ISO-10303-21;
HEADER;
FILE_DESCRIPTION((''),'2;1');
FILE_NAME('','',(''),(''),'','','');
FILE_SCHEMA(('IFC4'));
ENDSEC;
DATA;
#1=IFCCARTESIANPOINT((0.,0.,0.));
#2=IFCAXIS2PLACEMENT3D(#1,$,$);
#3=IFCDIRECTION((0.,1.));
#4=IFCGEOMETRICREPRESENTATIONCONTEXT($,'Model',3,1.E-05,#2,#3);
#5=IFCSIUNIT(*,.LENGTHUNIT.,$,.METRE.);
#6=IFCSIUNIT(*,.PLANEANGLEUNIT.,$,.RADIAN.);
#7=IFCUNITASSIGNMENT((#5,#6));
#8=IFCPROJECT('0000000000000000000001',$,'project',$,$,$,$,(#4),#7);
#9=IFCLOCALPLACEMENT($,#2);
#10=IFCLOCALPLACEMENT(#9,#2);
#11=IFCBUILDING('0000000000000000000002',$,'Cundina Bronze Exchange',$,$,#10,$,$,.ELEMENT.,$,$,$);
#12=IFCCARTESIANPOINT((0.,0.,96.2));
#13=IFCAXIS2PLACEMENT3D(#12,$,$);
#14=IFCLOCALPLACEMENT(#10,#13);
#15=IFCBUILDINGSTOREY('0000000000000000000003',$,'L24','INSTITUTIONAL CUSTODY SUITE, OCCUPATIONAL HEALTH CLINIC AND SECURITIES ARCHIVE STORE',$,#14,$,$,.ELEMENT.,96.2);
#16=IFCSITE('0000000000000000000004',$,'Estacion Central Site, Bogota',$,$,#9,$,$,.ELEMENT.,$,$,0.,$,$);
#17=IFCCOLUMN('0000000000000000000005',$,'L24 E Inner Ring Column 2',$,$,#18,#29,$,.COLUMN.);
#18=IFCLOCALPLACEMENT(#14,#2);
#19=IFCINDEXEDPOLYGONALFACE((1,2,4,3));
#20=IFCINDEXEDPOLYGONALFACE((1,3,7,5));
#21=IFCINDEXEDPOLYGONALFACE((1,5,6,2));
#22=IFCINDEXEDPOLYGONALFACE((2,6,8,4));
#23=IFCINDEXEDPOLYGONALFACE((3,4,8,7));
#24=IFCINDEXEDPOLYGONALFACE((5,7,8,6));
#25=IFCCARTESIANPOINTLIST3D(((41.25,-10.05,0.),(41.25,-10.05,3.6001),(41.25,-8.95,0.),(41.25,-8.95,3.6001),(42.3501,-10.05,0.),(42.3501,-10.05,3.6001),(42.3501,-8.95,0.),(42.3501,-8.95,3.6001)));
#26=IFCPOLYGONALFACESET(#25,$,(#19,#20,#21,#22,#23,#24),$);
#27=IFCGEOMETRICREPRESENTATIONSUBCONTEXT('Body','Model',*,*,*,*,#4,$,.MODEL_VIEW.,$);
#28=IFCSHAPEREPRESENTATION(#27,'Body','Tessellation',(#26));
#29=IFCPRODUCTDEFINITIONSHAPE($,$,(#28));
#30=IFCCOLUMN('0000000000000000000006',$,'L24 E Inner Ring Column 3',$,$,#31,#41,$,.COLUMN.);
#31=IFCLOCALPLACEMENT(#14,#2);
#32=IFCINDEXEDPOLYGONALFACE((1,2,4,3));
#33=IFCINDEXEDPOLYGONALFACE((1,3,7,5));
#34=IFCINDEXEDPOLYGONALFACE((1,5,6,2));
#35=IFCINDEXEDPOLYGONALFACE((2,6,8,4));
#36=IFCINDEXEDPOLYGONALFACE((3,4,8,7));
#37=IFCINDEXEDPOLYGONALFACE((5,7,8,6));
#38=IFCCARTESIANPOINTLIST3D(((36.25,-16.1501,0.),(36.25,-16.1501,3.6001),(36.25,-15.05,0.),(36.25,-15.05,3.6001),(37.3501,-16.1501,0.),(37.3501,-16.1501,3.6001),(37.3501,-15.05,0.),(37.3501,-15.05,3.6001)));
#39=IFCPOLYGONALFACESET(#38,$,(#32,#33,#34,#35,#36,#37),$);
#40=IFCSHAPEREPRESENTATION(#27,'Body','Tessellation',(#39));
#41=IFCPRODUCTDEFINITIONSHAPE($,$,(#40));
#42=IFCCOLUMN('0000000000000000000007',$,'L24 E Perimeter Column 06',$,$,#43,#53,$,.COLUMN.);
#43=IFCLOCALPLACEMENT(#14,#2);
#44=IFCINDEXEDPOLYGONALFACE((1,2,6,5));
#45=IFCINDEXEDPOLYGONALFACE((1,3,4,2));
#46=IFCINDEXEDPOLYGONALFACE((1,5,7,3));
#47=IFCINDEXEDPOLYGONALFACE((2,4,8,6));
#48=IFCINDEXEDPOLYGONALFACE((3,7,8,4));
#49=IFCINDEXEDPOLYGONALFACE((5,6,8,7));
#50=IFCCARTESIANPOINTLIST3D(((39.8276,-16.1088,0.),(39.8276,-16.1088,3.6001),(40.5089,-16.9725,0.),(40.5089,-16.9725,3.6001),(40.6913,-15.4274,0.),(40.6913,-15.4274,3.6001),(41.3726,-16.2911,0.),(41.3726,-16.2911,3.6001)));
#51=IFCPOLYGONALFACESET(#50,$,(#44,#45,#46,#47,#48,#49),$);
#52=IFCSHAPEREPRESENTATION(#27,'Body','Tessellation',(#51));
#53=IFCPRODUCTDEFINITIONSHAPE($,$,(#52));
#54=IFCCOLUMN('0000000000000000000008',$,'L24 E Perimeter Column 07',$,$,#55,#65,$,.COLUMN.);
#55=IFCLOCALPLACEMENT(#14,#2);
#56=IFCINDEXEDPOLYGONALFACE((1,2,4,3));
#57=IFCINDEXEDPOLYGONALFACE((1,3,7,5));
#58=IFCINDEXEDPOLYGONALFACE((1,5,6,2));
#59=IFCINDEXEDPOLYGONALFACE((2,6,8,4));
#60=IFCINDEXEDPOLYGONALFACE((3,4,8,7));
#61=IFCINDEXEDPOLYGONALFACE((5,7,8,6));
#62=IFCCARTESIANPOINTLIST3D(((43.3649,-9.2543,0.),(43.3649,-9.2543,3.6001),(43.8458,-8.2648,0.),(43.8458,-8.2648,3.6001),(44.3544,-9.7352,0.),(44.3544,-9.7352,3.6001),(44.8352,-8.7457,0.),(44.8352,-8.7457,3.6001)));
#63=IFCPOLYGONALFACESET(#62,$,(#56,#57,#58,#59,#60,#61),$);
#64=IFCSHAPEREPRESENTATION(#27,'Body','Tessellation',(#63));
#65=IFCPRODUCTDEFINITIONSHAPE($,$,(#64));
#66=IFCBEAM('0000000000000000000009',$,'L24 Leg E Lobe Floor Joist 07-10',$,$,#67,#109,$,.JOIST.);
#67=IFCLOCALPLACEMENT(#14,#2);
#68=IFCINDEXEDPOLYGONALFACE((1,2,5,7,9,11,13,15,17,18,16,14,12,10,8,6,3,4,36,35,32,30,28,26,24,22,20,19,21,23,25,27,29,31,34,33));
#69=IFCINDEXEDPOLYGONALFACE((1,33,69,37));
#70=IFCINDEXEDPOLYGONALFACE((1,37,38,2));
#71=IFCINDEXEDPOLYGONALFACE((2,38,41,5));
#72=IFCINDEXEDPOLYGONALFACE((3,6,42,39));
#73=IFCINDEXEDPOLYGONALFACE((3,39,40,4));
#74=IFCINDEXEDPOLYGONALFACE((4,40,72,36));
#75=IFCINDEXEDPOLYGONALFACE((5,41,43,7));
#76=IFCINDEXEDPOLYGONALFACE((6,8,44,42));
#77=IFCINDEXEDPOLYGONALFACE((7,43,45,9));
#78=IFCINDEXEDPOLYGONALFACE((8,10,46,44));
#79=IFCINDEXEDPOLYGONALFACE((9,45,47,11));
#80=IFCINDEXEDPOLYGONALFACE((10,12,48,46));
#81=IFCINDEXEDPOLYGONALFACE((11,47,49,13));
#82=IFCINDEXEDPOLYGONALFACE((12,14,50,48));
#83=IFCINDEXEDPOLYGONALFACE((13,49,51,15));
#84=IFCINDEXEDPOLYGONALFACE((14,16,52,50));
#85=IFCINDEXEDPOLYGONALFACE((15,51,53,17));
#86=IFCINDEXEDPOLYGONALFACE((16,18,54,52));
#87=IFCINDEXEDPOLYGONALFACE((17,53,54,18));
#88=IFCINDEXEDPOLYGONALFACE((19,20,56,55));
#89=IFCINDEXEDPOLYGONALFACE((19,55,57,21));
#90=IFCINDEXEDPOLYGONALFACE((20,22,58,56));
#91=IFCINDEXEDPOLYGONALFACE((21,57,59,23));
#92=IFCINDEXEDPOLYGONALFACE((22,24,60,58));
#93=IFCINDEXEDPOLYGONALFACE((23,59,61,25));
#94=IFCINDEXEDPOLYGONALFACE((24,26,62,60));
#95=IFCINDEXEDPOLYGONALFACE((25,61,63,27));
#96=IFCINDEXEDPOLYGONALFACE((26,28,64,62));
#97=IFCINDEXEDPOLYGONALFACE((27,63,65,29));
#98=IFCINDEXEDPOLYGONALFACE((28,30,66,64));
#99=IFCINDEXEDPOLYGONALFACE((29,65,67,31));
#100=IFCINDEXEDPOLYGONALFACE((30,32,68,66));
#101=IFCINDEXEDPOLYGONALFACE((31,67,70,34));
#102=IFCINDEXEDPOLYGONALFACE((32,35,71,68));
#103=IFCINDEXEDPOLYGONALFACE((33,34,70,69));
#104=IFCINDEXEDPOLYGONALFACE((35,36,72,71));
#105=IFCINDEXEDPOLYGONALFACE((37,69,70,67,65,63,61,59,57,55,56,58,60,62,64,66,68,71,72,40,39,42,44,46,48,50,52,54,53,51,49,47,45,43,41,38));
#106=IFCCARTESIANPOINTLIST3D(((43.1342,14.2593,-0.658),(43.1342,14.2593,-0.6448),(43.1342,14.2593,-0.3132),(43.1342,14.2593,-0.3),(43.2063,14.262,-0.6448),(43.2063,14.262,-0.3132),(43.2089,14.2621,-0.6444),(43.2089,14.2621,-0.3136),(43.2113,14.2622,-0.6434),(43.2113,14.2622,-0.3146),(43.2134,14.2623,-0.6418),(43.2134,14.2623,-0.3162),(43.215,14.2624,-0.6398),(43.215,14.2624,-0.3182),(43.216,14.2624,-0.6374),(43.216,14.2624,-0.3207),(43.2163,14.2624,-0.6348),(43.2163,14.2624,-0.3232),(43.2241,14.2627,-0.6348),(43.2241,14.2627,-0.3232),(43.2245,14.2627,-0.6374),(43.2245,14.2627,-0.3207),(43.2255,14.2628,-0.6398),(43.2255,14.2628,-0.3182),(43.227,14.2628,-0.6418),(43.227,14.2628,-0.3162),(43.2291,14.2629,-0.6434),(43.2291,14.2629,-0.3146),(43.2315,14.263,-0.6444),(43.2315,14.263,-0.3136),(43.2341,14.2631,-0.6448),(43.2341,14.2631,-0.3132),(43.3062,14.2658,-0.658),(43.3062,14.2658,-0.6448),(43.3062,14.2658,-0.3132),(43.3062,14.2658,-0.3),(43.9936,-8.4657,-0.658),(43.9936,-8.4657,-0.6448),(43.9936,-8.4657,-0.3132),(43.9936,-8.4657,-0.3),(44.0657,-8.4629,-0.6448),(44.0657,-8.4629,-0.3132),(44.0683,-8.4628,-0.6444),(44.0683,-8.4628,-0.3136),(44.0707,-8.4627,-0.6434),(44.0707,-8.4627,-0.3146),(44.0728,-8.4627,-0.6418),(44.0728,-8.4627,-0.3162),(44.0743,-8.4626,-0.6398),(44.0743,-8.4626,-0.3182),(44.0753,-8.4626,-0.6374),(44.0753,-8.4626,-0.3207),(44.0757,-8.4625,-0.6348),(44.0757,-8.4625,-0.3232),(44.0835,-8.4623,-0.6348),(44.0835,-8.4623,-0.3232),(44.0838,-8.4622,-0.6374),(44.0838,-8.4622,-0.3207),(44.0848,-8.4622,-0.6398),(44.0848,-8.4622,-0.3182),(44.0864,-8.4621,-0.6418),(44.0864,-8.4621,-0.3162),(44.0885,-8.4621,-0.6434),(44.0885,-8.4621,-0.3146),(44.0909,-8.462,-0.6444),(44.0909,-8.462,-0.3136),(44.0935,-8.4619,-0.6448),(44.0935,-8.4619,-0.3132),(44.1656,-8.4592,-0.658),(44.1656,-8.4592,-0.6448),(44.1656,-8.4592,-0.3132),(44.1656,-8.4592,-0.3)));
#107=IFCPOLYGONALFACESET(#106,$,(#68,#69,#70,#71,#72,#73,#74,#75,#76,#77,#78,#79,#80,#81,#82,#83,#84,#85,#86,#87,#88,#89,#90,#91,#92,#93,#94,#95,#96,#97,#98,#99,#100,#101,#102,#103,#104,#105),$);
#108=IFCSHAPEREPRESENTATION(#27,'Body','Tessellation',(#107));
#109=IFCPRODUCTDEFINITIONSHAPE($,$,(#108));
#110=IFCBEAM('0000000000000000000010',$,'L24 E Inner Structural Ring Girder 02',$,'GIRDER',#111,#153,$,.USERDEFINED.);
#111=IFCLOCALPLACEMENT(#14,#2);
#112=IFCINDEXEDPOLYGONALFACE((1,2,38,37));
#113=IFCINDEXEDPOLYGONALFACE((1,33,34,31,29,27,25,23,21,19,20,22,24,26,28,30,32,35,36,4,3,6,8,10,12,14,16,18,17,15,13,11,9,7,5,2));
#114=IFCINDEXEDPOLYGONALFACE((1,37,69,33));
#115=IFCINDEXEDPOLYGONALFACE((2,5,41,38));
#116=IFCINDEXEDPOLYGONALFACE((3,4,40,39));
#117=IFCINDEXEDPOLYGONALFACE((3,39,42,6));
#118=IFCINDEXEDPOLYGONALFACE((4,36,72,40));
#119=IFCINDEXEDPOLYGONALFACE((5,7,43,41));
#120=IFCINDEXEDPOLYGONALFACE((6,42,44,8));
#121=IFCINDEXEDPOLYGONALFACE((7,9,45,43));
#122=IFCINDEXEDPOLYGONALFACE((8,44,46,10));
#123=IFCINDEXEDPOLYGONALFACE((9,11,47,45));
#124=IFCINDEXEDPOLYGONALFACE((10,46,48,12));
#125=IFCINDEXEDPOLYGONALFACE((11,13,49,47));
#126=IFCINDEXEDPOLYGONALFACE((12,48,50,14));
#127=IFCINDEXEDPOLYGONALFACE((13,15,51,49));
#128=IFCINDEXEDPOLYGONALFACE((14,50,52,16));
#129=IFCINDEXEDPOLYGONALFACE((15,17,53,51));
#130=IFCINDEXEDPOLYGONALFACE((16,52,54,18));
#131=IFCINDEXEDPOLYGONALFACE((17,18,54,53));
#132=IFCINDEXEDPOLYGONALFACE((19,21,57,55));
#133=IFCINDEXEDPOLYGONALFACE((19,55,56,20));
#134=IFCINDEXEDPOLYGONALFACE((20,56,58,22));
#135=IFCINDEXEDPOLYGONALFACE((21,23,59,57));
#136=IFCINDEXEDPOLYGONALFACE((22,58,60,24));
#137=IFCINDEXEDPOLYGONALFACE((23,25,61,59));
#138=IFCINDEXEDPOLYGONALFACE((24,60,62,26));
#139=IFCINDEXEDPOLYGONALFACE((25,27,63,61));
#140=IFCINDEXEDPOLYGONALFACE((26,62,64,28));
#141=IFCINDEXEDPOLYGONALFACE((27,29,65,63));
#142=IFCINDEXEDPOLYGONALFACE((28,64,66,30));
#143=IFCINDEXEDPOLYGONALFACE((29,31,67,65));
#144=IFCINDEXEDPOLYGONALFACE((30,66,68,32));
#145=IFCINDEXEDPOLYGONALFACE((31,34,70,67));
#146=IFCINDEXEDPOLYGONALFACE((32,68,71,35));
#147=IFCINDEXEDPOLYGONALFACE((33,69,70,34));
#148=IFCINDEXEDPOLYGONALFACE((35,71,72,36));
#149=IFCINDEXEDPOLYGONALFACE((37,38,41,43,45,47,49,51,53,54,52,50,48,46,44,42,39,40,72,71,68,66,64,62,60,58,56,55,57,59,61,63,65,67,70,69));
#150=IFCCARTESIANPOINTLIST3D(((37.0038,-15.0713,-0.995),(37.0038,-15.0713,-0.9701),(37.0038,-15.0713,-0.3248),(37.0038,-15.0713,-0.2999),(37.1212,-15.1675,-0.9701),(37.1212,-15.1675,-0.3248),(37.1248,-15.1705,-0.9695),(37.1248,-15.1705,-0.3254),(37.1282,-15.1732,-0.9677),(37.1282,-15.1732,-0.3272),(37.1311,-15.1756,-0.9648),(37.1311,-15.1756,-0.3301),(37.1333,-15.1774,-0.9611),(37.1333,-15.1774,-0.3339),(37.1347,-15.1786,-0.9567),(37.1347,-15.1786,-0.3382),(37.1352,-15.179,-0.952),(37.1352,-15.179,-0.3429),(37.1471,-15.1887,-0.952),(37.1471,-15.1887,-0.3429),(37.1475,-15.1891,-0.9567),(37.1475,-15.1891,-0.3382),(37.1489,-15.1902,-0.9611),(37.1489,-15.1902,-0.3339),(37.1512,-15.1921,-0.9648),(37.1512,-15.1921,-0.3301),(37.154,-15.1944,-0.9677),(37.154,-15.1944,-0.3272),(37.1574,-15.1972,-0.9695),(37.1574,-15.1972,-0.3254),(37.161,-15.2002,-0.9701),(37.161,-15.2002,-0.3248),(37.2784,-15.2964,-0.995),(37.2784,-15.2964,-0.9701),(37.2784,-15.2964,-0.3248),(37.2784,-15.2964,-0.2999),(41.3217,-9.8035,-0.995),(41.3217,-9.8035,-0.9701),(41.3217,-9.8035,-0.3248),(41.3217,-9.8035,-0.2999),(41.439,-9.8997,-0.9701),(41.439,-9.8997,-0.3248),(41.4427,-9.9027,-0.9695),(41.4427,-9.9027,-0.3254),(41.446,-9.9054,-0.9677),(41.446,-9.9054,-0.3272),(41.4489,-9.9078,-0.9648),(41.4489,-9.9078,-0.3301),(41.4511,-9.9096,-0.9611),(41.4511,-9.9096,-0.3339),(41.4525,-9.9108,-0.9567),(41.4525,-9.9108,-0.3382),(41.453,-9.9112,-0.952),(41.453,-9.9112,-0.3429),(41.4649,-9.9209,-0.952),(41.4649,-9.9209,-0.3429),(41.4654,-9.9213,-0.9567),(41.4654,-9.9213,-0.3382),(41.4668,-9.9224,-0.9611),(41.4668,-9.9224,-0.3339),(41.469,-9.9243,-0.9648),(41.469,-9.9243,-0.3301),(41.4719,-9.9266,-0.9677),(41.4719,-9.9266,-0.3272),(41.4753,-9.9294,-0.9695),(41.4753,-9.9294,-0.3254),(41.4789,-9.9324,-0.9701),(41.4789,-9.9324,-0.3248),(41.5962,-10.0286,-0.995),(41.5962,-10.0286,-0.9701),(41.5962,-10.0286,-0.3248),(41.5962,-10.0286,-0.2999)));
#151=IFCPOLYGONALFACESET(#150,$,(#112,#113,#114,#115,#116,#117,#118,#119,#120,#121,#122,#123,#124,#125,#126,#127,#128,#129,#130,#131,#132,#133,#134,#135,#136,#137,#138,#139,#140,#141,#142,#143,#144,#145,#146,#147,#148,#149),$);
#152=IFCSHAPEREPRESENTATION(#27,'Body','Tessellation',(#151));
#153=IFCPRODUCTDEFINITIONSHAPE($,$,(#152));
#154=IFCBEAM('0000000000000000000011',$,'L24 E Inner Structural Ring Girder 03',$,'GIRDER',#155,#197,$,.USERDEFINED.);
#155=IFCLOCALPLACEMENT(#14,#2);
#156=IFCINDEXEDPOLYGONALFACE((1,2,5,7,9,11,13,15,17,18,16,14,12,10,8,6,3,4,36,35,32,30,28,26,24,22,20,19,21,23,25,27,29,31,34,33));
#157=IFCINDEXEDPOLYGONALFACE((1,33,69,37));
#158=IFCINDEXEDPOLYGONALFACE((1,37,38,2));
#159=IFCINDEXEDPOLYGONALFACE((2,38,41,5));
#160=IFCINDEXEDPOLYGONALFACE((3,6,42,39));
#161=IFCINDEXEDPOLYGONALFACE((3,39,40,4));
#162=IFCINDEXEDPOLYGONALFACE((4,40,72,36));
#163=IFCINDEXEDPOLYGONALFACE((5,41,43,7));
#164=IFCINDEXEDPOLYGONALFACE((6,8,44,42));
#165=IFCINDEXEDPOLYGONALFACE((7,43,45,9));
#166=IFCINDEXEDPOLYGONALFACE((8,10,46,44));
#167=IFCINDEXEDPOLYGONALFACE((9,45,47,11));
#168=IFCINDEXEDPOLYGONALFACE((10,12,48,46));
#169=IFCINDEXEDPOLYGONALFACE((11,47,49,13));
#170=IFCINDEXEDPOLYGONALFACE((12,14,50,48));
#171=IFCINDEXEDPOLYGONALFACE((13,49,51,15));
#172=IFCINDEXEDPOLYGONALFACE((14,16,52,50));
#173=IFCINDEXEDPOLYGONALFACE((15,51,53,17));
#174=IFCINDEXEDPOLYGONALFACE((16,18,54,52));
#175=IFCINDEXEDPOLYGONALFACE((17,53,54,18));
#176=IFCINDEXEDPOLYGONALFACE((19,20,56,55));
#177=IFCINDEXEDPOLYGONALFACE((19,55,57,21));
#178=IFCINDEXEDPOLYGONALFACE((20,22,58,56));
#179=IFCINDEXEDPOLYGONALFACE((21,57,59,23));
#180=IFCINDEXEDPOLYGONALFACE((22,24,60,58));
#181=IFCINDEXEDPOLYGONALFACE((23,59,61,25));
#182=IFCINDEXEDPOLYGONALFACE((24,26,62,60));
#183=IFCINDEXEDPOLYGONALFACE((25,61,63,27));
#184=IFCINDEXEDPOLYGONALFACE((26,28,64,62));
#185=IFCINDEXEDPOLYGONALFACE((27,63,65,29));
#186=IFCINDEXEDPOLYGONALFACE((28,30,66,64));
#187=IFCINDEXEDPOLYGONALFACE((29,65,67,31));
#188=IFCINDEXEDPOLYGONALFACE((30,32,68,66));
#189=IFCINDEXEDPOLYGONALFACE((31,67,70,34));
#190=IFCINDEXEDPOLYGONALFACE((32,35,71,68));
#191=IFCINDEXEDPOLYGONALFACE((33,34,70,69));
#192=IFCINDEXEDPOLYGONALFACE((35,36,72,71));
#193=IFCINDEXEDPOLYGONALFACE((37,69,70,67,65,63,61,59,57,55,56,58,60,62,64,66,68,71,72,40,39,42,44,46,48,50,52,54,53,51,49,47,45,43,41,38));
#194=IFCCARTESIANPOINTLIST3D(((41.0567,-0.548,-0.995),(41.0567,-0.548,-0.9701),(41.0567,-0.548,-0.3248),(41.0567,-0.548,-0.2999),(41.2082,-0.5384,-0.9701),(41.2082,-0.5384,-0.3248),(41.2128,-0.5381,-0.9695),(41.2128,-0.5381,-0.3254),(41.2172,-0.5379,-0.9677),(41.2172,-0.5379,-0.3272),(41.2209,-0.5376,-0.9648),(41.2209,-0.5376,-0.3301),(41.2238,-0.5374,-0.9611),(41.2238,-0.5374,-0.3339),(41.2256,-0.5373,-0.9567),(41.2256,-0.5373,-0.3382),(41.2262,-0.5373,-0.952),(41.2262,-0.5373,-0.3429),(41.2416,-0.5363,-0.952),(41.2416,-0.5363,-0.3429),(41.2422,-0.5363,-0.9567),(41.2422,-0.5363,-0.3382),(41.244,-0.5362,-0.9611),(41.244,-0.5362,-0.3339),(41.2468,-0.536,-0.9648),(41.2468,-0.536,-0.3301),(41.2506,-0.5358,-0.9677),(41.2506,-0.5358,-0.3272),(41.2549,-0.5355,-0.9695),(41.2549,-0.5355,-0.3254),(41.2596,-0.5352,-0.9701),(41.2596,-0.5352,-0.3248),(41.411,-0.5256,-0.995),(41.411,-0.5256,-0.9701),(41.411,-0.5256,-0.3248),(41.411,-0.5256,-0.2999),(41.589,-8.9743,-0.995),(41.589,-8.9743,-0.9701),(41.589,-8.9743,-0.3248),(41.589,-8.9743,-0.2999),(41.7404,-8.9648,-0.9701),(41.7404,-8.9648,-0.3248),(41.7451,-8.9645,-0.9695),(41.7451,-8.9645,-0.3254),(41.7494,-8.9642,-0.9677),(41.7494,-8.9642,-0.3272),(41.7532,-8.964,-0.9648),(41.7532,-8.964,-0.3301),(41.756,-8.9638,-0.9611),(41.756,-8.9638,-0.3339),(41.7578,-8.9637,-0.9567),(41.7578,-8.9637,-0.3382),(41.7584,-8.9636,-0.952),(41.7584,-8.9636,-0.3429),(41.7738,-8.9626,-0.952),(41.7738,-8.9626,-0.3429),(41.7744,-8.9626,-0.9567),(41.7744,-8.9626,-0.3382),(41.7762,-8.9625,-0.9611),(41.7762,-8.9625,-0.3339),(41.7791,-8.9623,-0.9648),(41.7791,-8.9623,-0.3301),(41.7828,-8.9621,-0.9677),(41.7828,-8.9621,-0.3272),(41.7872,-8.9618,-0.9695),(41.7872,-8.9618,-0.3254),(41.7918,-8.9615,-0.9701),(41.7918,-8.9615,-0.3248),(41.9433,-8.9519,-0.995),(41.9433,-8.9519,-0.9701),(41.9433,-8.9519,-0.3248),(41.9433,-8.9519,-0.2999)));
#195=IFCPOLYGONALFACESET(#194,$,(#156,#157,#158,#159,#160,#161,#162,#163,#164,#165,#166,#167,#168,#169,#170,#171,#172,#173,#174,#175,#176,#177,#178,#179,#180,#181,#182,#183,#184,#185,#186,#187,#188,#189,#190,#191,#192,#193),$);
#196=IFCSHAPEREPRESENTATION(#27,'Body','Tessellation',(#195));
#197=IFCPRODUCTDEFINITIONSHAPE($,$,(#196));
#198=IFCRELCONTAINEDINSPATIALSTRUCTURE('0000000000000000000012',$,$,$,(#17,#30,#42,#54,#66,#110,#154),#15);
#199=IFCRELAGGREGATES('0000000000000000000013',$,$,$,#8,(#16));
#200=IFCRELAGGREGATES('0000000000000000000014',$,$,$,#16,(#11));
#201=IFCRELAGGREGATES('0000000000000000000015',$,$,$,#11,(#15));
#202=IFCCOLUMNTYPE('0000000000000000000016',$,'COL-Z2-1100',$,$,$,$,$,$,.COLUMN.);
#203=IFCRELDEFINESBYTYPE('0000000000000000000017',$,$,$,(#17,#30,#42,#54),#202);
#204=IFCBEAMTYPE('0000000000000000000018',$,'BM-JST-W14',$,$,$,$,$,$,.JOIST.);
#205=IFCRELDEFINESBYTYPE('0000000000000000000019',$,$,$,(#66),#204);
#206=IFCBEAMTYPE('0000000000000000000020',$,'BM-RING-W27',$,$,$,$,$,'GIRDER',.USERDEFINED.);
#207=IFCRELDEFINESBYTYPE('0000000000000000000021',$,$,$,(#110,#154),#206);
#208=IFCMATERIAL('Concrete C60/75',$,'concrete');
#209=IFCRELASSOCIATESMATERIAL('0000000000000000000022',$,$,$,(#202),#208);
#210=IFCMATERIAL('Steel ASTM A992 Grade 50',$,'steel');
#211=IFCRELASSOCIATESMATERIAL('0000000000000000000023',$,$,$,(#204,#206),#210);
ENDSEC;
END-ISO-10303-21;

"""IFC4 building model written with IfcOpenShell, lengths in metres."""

from ifc_helpers import new_model, si_unit, direction, frame, origin, origin_2d, place, context, subcontext, project, spatial, rectangle, i_section, extrude, material, material_profile, profile_set, type_object, element, save


model = new_model("IFC4")

# Units and contexts
model_context = context("Model", 3, precision=1e-05, world=origin(), true_north=direction((0.0, 1.0)))
body_context = subcontext(model_context, "Body", "Model", "MODEL_VIEW")
ifc_project = project(units=[si_unit("LENGTHUNIT", "METRE"), si_unit("PLANEANGLEUNIT", "RADIAN")], contexts=[model_context])

# Site, building, storey
site_placement = place(None, origin())
site = spatial("IfcSite", under=ifc_project, at=site_placement, Name="Estacion Central Site, Bogota", CompositionType="ELEMENT", RefElevation=0.0)
building_placement = place(site_placement, origin())
building = spatial("IfcBuilding", under=site, at=building_placement, Name="Cundina Bronze Exchange", CompositionType="ELEMENT")
storey_placement = place(building_placement, frame((0.0, 0.0, 96.2)))
storey = spatial("IfcBuildingStorey", under=building, at=storey_placement, Name="L24", Description="INSTITUTIONAL CUSTODY SUITE, OCCUPATIONAL HEALTH CLINIC AND SECURITIES ARCHIVE STORE", CompositionType="ELEMENT", Elevation=96.2)

# Columns
ifc_material_1 = material(Name="Concrete C60/75", Category="concrete")
ifc_material_profile_1 = material_profile(ifc_material_1, rectangle(XDim=1.1001, YDim=1.1001, at=origin_2d()), Name="RC1100X1100", Category="concrete")
ifc_profile_set_1 = profile_set([ifc_material_profile_1], Name="Concrete C60/75")
column_type = type_object("IfcColumnType", Name="COL-Z2-1100", PredefinedType="COLUMN", material=ifc_profile_set_1)
for number, where, z_axis, x_axis, name in (
    (1, (41.8, -9.5, 0.0), (0.0, 0.0, 1.0), (1.0, 0.0, 0.0), "L24 E Inner Ring Column 2"),
    (2, (36.8, -15.6001, 0.0), (0.0, 0.0, 1.0), (1.0, 0.0, 0.0), "L24 E Inner Ring Column 3"),
    (3, (40.6001, -16.2, 0.0), (0.0, 0.0, 1.0), (0.785101, 0.619368, 0.0), "L24 E Perimeter Column 06"),
    (4, (44.1001, -9.0, 0.0), (0.0, 0.0, 1.0), (0.437116, 0.899405, 0.0), "L24 E Perimeter Column 07"),
):
    element("IfcColumn", number, at=place(storey_placement, frame(where, z_axis=z_axis, x_axis=x_axis)), inside=storey, type_object=column_type, Name=name, PredefinedType="COLUMN", context=body_context, shape_type="SweptSolid", body=[
        extrude(rectangle(XDim=1.1001, YDim=1.1001, at=origin_2d()), origin(), (0.0, 0.0, 1.0), 3.6001),
    ])

# Beams
ifc_material_2 = material(Name="Steel ASTM A992 Grade 50", Category="steel")
ifc_material_profile_2 = material_profile(ifc_material_2, i_section(OverallWidth=0.1721, OverallDepth=0.3579, WebThickness=0.0078, FlangeThickness=0.0132, FilletRadius=0.01, at=origin_2d()), Name="W14X38", Category="steel")
ifc_profile_set_2 = profile_set([ifc_material_profile_2], Name="Steel ASTM A992 Grade 50")
beam_type_1 = type_object("IfcBeamType", Name="BM-JST-W14", PredefinedType="JOIST", material=ifc_profile_set_2)
beam_1_placement = place(storey_placement, frame((44.0796, -8.4624, -0.479), z_axis=(-0.03779, 0.999286, 0.0), x_axis=(-0.999286, -0.03779, 0.0)))
element("IfcBeam", 5, at=beam_1_placement, inside=storey, type_object=beam_type_1, Name="L24 Leg E Lobe Floor Joist 07-10", PredefinedType="JOIST", context=body_context, shape_type="SweptSolid", body=[
    extrude(i_section(OverallWidth=0.1721, OverallDepth=0.3579, WebThickness=0.0078, FlangeThickness=0.0132, FilletRadius=0.01, at=origin_2d()), origin(), (0.0, 0.0, 1.0), 22.7412),
])
ifc_material_profile_3 = material_profile(ifc_material_2, i_section(OverallWidth=0.355, OverallDepth=0.6951, WebThickness=0.0154, FlangeThickness=0.0249, FilletRadius=0.0181, at=origin_2d()), Name="W27X146", Category="steel")
ifc_profile_set_3 = profile_set([ifc_material_profile_3], Name="Steel ASTM A992 Grade 50")
beam_type_2 = type_object("IfcBeamType", Name="BM-RING-W27", ElementType="GIRDER", PredefinedType="USERDEFINED", material=ifc_profile_set_3)
beam_2_placement = place(storey_placement, frame((37.1411, -15.1838, -0.6475), z_axis=(0.633927, 0.773393, 0.0), x_axis=(-0.773393, 0.633927, 0.0)))
element("IfcBeam", 6, at=beam_2_placement, inside=storey, type_object=beam_type_2, Name="L24 E Inner Structural Ring Girder 02", ObjectType="GIRDER", PredefinedType="USERDEFINED", context=body_context, shape_type="SweptSolid", body=[
    extrude(i_section(OverallWidth=0.355, OverallDepth=0.6951, WebThickness=0.0154, FlangeThickness=0.0249, FilletRadius=0.0181, at=origin_2d()), origin(), (0.0, 0.0, 1.0), 6.8113),
])
beam_3_placement = place(storey_placement, frame((41.7661, -8.9631, -0.6475), z_axis=(-0.063037, 0.998011, 0.0), x_axis=(-0.998011, -0.063037, 0.0)))
element("IfcBeam", 7, at=beam_3_placement, inside=storey, type_object=beam_type_2, Name="L24 E Inner Structural Ring Girder 03", ObjectType="GIRDER", PredefinedType="USERDEFINED", context=body_context, shape_type="SweptSolid", body=[
    extrude(i_section(OverallWidth=0.355, OverallDepth=0.6951, WebThickness=0.0154, FlangeThickness=0.0249, FilletRadius=0.0181, at=origin_2d()), origin(), (0.0, 0.0, 1.0), 8.4431),
])

save(model, "model.ifc")
